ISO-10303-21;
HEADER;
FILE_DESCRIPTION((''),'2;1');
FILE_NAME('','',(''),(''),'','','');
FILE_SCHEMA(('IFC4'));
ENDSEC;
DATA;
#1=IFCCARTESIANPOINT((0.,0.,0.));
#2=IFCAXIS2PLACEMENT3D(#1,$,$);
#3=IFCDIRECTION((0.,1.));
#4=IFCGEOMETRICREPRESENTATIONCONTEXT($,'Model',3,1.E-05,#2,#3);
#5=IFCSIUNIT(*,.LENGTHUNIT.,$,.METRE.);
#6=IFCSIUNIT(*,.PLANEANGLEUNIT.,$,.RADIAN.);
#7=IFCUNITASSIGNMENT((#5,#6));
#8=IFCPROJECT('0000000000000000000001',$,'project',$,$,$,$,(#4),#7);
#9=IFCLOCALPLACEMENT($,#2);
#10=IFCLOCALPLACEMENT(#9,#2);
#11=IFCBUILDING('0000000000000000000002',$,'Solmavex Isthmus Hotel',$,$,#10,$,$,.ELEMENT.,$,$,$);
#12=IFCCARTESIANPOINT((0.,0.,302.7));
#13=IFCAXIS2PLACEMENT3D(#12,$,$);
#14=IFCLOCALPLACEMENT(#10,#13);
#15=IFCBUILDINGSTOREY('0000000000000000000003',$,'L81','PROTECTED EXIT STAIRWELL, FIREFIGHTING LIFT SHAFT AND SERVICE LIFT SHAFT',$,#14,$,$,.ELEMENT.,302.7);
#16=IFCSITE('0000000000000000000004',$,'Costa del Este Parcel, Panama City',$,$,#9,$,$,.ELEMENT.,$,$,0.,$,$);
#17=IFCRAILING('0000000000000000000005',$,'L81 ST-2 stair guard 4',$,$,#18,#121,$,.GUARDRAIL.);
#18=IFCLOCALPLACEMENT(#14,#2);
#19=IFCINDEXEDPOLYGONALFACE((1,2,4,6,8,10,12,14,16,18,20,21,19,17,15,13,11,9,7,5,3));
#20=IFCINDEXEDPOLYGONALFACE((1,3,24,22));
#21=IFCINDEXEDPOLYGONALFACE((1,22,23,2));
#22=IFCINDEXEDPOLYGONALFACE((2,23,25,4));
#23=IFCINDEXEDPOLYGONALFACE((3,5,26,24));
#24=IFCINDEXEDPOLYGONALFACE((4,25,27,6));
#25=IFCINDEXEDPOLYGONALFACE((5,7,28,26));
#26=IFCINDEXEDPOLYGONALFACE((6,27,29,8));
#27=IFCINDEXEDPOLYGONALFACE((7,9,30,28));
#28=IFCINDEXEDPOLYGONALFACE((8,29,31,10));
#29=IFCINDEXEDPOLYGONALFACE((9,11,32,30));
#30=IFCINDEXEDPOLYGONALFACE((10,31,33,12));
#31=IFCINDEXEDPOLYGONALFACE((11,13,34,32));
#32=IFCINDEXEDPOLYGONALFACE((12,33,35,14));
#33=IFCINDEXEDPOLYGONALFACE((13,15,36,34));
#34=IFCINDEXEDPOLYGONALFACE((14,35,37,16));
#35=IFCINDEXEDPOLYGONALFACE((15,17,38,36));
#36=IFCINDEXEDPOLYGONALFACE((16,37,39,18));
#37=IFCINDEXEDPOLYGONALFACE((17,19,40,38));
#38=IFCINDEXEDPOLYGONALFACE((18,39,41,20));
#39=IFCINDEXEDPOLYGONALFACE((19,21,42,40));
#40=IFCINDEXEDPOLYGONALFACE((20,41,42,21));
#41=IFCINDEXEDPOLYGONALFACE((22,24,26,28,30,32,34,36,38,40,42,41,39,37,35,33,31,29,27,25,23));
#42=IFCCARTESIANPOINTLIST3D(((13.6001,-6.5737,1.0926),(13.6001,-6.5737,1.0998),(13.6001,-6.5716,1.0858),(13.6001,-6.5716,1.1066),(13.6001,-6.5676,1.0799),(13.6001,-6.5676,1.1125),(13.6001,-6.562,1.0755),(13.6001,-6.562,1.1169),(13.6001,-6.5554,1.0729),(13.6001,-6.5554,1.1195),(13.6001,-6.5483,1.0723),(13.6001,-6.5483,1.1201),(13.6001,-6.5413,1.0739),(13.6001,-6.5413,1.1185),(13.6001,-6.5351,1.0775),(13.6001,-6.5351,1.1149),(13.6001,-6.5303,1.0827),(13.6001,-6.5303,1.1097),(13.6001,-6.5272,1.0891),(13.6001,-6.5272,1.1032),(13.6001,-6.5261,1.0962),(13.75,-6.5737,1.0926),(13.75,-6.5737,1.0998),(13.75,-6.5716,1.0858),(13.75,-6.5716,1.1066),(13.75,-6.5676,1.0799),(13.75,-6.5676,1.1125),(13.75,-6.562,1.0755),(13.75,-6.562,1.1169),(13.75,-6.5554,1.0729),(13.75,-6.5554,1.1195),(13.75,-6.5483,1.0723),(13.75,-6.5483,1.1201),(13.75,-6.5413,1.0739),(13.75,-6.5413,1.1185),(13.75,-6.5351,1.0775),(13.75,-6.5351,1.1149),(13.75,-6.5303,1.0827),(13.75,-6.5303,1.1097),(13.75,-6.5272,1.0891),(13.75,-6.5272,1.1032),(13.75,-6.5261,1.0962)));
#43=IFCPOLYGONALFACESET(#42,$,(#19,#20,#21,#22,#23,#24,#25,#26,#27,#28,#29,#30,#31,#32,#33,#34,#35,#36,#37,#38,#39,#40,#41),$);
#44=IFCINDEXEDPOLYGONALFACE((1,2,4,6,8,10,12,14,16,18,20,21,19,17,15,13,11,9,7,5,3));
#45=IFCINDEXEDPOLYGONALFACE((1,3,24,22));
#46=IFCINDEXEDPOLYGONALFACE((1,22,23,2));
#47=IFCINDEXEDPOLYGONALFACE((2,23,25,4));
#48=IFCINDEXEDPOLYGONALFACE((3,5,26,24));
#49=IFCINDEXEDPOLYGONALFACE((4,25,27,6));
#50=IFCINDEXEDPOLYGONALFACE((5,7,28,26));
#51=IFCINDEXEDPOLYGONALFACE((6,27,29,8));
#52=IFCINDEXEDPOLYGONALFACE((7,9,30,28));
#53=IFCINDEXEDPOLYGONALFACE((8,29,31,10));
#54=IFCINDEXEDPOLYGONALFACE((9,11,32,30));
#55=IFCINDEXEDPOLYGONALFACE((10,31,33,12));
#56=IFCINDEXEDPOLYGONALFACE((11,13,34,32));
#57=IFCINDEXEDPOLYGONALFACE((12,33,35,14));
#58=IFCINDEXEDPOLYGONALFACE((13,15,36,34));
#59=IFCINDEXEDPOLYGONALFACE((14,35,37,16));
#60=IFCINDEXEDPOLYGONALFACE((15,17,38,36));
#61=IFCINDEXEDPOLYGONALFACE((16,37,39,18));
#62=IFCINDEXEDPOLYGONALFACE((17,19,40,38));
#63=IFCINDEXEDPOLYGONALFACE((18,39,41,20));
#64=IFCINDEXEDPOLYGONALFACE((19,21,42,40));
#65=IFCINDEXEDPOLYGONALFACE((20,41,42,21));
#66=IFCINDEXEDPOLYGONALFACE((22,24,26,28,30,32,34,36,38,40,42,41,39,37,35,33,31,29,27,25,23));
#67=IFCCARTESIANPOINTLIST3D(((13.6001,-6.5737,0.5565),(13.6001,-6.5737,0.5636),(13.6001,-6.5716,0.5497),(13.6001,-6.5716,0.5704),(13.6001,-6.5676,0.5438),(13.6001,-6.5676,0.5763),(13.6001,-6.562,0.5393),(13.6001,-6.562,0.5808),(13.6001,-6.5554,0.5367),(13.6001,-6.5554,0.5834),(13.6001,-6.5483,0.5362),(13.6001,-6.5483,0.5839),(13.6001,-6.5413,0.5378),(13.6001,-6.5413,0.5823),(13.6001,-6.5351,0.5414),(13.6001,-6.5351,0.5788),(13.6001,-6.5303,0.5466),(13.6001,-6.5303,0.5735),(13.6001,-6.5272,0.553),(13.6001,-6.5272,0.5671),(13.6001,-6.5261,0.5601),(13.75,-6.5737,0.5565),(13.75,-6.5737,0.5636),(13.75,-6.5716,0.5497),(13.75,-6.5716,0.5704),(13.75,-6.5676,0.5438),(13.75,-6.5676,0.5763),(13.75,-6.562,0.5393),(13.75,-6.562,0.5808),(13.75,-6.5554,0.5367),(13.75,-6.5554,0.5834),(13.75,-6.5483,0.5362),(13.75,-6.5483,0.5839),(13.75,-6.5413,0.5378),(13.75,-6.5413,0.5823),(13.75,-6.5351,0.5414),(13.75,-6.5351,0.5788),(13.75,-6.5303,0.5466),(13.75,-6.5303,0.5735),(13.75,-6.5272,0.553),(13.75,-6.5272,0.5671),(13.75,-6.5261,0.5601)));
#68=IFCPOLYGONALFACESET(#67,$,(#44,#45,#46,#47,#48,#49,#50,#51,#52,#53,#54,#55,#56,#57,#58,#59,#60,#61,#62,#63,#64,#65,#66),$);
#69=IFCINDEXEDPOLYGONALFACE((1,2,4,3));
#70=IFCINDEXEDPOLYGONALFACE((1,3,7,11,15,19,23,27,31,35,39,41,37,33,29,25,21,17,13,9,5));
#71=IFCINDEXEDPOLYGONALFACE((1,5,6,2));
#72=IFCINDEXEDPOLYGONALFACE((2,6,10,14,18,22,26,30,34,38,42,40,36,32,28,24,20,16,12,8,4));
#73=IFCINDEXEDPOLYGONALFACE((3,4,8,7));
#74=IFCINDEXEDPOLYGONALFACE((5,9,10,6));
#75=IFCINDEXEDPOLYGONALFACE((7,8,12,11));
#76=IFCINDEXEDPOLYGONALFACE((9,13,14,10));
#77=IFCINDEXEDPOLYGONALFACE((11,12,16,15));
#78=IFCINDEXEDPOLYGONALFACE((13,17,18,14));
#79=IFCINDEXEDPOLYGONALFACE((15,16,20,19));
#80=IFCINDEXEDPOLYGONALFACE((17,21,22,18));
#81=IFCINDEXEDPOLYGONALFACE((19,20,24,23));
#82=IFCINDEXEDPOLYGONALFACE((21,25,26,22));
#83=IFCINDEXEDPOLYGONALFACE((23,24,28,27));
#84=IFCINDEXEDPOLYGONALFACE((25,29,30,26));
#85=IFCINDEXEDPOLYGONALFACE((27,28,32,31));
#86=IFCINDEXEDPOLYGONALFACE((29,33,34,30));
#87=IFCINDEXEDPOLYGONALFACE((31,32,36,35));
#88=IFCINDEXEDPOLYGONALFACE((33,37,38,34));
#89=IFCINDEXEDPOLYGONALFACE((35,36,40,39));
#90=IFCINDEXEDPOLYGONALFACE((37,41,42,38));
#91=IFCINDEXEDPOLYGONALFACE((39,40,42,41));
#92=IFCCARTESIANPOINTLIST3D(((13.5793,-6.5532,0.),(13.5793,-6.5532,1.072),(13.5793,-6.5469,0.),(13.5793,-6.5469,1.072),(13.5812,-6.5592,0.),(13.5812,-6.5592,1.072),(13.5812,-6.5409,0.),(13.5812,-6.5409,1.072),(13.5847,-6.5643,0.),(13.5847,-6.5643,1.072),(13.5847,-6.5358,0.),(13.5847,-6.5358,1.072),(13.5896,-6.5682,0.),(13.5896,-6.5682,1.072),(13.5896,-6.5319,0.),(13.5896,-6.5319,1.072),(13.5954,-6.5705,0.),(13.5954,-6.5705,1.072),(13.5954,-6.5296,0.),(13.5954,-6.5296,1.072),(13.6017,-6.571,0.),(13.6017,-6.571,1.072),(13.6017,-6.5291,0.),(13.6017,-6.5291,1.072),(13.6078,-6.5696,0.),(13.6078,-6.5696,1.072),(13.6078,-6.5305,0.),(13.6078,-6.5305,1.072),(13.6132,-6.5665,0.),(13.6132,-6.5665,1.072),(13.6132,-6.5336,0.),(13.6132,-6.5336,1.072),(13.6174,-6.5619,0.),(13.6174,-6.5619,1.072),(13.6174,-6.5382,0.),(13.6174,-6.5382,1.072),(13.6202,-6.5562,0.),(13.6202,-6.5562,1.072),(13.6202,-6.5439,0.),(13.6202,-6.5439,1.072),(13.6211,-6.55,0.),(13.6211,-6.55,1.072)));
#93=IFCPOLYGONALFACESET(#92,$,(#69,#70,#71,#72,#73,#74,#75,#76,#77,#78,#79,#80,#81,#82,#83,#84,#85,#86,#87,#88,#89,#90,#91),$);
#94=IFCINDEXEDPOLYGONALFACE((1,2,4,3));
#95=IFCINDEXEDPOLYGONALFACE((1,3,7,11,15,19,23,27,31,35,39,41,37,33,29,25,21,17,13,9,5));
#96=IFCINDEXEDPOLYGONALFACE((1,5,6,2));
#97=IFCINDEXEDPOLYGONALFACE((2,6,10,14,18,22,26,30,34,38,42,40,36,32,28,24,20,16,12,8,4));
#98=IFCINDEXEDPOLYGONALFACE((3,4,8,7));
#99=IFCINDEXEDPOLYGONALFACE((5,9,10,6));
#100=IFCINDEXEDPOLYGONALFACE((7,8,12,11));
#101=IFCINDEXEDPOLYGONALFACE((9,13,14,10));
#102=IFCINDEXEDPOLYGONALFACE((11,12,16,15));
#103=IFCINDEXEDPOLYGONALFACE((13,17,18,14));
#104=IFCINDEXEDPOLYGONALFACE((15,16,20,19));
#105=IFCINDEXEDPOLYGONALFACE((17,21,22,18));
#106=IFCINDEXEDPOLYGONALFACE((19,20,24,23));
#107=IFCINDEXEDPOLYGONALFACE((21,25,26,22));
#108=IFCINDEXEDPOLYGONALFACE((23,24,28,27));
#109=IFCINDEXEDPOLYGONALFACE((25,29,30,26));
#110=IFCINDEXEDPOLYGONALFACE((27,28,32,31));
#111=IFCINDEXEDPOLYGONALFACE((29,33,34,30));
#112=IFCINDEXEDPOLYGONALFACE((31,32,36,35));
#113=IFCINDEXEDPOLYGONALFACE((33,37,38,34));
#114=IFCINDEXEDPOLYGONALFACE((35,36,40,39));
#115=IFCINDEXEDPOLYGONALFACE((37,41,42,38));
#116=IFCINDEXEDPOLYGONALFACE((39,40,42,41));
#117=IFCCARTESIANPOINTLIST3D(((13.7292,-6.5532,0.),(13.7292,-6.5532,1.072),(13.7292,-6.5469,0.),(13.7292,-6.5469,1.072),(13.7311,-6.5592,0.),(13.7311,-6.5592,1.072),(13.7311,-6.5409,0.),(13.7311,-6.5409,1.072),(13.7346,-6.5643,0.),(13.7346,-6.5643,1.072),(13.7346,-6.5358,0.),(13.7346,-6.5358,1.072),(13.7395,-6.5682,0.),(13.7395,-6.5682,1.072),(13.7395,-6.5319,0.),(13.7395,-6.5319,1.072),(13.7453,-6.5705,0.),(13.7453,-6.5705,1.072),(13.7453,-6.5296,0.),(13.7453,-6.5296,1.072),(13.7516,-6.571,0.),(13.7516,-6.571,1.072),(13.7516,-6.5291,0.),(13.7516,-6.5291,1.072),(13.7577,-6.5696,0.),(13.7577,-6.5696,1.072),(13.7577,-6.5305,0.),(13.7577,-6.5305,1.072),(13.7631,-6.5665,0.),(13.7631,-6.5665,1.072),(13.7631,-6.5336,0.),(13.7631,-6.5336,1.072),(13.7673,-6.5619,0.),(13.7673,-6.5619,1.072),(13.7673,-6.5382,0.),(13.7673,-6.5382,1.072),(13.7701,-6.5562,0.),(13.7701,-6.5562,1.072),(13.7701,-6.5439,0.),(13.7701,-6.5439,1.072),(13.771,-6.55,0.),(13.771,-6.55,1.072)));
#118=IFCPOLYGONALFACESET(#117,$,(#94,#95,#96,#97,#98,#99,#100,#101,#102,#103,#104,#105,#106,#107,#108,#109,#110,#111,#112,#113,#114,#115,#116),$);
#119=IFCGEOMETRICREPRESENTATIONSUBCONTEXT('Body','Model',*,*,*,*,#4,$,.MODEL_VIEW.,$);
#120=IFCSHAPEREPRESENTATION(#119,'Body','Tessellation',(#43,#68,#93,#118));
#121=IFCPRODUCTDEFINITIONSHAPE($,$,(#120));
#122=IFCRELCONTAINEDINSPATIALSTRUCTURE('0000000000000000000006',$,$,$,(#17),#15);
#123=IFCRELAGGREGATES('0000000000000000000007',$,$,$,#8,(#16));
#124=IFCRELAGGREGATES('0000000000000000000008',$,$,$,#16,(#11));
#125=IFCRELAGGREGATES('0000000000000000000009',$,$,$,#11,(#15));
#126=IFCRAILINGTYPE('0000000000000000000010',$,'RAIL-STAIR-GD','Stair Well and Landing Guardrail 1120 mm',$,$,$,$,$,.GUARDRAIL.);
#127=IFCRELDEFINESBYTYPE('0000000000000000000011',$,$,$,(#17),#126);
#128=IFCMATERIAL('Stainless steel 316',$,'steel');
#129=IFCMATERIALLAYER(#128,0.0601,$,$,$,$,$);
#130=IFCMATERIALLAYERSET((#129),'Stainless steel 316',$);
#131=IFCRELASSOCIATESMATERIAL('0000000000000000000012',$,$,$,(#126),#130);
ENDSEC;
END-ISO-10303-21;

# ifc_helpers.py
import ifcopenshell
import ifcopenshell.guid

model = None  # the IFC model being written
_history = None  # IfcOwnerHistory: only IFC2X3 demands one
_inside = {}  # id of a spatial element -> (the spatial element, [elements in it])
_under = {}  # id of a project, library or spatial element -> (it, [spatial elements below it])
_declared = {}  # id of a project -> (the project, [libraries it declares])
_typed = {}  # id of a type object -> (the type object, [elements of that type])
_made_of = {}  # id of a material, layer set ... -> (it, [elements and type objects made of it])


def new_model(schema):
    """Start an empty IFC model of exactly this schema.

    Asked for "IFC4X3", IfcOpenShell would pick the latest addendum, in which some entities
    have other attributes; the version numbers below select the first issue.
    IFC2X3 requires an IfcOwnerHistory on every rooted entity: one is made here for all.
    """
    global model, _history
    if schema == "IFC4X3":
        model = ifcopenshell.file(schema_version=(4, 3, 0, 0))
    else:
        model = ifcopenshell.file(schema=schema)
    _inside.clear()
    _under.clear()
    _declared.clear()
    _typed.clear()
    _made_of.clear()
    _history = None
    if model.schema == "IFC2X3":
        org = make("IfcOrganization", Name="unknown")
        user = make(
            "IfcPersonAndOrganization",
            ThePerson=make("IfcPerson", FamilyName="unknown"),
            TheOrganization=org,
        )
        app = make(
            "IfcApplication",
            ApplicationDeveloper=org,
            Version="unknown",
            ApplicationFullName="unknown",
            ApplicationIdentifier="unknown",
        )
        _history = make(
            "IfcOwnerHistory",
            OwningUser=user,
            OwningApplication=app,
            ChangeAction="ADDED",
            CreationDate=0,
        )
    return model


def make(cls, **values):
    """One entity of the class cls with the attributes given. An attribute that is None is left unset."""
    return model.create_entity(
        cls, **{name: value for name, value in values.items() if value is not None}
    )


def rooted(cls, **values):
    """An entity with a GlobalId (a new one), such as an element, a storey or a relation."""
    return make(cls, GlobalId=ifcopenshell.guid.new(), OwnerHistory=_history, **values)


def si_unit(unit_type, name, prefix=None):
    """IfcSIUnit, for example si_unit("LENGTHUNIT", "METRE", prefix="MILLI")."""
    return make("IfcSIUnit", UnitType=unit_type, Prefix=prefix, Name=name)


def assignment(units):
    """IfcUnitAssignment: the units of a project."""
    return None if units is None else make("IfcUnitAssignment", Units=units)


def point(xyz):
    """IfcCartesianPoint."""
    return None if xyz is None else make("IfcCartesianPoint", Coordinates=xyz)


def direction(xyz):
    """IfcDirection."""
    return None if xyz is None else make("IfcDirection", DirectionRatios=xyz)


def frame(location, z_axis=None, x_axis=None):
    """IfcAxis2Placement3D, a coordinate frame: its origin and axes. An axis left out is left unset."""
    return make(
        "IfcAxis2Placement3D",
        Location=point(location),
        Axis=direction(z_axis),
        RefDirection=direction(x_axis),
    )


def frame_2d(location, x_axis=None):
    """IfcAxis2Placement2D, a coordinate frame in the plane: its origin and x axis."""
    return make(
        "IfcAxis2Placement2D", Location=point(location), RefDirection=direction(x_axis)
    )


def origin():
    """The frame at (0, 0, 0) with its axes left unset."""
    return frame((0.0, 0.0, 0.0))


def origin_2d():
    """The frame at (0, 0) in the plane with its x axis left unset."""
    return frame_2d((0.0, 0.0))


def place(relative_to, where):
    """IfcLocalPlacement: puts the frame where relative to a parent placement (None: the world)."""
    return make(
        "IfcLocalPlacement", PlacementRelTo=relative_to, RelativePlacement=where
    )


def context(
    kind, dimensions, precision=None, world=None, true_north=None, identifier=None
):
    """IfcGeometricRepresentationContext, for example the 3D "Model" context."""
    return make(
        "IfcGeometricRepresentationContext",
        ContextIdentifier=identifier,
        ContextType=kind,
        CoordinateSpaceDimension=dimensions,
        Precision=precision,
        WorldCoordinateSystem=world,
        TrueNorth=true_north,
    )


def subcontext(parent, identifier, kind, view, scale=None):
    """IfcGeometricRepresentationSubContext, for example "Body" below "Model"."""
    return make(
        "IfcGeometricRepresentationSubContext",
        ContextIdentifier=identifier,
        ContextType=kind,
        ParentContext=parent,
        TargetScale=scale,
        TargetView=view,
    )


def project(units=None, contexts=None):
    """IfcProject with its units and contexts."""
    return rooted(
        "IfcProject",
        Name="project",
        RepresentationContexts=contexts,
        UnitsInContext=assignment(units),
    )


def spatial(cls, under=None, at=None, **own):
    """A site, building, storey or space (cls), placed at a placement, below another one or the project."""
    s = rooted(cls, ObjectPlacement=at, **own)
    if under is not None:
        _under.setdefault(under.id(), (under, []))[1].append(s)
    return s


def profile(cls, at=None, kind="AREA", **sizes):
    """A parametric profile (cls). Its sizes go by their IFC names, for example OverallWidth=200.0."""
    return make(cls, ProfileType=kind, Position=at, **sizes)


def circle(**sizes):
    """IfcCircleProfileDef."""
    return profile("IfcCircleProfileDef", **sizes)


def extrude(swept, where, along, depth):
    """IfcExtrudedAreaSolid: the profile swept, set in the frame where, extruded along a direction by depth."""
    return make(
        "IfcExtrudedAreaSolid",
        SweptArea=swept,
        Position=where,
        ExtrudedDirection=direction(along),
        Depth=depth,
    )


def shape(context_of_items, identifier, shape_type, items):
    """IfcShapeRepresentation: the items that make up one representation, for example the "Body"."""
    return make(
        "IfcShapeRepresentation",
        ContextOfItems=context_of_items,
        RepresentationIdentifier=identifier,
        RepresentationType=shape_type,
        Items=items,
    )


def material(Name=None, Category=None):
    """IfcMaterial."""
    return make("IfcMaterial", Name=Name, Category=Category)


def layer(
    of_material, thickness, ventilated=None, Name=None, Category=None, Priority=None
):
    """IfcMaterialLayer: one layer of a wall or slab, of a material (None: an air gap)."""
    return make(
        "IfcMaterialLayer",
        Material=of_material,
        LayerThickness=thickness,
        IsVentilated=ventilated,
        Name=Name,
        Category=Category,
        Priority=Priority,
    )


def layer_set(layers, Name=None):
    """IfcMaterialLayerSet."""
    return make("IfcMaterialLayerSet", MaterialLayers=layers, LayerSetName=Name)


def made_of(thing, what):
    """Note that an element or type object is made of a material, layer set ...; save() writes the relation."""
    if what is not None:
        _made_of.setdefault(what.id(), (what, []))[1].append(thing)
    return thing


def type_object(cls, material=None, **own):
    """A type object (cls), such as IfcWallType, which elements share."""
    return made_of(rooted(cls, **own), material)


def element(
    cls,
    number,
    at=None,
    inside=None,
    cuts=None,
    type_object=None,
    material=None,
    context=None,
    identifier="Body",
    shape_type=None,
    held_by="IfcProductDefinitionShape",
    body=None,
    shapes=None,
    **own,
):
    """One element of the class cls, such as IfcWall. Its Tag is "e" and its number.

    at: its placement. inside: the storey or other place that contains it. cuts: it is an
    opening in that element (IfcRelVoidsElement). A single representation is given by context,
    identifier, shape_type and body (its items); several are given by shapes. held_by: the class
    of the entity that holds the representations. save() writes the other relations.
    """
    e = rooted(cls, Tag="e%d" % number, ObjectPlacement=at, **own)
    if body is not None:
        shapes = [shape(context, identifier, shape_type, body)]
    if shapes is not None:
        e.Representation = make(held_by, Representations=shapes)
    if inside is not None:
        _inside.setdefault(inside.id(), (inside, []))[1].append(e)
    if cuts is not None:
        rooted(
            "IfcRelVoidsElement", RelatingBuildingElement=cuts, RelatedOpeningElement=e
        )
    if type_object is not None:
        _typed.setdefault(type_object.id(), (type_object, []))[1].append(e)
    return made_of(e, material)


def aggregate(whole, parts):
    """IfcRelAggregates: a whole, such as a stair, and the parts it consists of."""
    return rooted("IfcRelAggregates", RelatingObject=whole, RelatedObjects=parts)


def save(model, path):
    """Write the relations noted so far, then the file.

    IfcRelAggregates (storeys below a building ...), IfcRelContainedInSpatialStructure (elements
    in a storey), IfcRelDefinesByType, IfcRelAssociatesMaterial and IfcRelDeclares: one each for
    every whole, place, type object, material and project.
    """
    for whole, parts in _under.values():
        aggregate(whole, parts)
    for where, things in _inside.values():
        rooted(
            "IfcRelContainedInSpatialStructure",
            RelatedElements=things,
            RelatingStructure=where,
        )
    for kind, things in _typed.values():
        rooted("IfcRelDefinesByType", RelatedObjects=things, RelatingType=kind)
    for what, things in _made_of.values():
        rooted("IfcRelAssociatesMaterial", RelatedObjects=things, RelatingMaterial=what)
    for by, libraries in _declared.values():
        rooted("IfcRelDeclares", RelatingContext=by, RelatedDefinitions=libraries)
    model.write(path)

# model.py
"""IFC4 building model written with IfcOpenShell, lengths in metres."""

from ifc_helpers import new_model, si_unit, direction, frame, origin, origin_2d, place, context, subcontext, project, spatial, circle, extrude, material, layer, layer_set, type_object, element, save


model = new_model("IFC4")

# Units and contexts
model_context = context("Model", 3, precision=1e-05, world=origin(), true_north=direction((0.0, 1.0)))
body_context = subcontext(model_context, "Body", "Model", "MODEL_VIEW")
ifc_project = project(units=[si_unit("LENGTHUNIT", "METRE"), si_unit("PLANEANGLEUNIT", "RADIAN")], contexts=[model_context])

# Site, building, storey
site_placement = place(None, origin())
site = spatial("IfcSite", under=ifc_project, at=site_placement, Name="Costa del Este Parcel, Panama City", CompositionType="ELEMENT", RefElevation=0.0)
building_placement = place(site_placement, origin())
building = spatial("IfcBuilding", under=site, at=building_placement, Name="Solmavex Isthmus Hotel", CompositionType="ELEMENT")
storey_placement = place(building_placement, frame((0.0, 0.0, 302.7)))
storey = spatial("IfcBuildingStorey", under=building, at=storey_placement, Name="L81", Description="PROTECTED EXIT STAIRWELL, FIREFIGHTING LIFT SHAFT AND SERVICE LIFT SHAFT", CompositionType="ELEMENT", Elevation=302.7)

# Railing
ifc_material_1 = material(Name="Stainless steel 316", Category="steel")
ifc_layer_1 = layer(ifc_material_1, 0.0601)
ifc_layer_set_1 = layer_set([ifc_layer_1], Name="Stainless steel 316")
railing_type_1 = type_object("IfcRailingType", Name="RAIL-STAIR-GD", Description="Stair Well and Landing Guardrail 1120 mm", PredefinedType="GUARDRAIL", material=ifc_layer_set_1)
railing_1_placement = place(storey_placement, frame((13.6001, -6.55, 0.0)))
element("IfcRailing", 1, at=railing_1_placement, inside=storey, type_object=railing_type_1, Name="L81 ST-2 stair guard 4", PredefinedType="GUARDRAIL", context=body_context, shape_type="SweptSolid", body=[
    extrude(circle(Radius=0.0239, at=origin_2d()), frame((0.0, 0.0, 1.0962), z_axis=(1.0, 0.0, 0.0), x_axis=(0.0, 1.0, 0.0)), (0.0, 0.0, 1.0), 0.1499),
    extrude(circle(Radius=0.0239, at=origin_2d()), frame((0.0, 0.0, 0.5601), z_axis=(1.0, 0.0, 0.0), x_axis=(0.0, 1.0, 0.0)), (0.0, 0.0, 1.0), 0.1499),
    extrude(circle(Radius=0.021, at=origin_2d()), origin(), (0.0, 0.0, 1.0), 1.072),
    extrude(circle(Radius=0.021, at=origin_2d()), frame((0.1499, 0.0, 0.0)), (0.0, 0.0, 1.0), 1.072),
])

save(model, "model.ifc")
